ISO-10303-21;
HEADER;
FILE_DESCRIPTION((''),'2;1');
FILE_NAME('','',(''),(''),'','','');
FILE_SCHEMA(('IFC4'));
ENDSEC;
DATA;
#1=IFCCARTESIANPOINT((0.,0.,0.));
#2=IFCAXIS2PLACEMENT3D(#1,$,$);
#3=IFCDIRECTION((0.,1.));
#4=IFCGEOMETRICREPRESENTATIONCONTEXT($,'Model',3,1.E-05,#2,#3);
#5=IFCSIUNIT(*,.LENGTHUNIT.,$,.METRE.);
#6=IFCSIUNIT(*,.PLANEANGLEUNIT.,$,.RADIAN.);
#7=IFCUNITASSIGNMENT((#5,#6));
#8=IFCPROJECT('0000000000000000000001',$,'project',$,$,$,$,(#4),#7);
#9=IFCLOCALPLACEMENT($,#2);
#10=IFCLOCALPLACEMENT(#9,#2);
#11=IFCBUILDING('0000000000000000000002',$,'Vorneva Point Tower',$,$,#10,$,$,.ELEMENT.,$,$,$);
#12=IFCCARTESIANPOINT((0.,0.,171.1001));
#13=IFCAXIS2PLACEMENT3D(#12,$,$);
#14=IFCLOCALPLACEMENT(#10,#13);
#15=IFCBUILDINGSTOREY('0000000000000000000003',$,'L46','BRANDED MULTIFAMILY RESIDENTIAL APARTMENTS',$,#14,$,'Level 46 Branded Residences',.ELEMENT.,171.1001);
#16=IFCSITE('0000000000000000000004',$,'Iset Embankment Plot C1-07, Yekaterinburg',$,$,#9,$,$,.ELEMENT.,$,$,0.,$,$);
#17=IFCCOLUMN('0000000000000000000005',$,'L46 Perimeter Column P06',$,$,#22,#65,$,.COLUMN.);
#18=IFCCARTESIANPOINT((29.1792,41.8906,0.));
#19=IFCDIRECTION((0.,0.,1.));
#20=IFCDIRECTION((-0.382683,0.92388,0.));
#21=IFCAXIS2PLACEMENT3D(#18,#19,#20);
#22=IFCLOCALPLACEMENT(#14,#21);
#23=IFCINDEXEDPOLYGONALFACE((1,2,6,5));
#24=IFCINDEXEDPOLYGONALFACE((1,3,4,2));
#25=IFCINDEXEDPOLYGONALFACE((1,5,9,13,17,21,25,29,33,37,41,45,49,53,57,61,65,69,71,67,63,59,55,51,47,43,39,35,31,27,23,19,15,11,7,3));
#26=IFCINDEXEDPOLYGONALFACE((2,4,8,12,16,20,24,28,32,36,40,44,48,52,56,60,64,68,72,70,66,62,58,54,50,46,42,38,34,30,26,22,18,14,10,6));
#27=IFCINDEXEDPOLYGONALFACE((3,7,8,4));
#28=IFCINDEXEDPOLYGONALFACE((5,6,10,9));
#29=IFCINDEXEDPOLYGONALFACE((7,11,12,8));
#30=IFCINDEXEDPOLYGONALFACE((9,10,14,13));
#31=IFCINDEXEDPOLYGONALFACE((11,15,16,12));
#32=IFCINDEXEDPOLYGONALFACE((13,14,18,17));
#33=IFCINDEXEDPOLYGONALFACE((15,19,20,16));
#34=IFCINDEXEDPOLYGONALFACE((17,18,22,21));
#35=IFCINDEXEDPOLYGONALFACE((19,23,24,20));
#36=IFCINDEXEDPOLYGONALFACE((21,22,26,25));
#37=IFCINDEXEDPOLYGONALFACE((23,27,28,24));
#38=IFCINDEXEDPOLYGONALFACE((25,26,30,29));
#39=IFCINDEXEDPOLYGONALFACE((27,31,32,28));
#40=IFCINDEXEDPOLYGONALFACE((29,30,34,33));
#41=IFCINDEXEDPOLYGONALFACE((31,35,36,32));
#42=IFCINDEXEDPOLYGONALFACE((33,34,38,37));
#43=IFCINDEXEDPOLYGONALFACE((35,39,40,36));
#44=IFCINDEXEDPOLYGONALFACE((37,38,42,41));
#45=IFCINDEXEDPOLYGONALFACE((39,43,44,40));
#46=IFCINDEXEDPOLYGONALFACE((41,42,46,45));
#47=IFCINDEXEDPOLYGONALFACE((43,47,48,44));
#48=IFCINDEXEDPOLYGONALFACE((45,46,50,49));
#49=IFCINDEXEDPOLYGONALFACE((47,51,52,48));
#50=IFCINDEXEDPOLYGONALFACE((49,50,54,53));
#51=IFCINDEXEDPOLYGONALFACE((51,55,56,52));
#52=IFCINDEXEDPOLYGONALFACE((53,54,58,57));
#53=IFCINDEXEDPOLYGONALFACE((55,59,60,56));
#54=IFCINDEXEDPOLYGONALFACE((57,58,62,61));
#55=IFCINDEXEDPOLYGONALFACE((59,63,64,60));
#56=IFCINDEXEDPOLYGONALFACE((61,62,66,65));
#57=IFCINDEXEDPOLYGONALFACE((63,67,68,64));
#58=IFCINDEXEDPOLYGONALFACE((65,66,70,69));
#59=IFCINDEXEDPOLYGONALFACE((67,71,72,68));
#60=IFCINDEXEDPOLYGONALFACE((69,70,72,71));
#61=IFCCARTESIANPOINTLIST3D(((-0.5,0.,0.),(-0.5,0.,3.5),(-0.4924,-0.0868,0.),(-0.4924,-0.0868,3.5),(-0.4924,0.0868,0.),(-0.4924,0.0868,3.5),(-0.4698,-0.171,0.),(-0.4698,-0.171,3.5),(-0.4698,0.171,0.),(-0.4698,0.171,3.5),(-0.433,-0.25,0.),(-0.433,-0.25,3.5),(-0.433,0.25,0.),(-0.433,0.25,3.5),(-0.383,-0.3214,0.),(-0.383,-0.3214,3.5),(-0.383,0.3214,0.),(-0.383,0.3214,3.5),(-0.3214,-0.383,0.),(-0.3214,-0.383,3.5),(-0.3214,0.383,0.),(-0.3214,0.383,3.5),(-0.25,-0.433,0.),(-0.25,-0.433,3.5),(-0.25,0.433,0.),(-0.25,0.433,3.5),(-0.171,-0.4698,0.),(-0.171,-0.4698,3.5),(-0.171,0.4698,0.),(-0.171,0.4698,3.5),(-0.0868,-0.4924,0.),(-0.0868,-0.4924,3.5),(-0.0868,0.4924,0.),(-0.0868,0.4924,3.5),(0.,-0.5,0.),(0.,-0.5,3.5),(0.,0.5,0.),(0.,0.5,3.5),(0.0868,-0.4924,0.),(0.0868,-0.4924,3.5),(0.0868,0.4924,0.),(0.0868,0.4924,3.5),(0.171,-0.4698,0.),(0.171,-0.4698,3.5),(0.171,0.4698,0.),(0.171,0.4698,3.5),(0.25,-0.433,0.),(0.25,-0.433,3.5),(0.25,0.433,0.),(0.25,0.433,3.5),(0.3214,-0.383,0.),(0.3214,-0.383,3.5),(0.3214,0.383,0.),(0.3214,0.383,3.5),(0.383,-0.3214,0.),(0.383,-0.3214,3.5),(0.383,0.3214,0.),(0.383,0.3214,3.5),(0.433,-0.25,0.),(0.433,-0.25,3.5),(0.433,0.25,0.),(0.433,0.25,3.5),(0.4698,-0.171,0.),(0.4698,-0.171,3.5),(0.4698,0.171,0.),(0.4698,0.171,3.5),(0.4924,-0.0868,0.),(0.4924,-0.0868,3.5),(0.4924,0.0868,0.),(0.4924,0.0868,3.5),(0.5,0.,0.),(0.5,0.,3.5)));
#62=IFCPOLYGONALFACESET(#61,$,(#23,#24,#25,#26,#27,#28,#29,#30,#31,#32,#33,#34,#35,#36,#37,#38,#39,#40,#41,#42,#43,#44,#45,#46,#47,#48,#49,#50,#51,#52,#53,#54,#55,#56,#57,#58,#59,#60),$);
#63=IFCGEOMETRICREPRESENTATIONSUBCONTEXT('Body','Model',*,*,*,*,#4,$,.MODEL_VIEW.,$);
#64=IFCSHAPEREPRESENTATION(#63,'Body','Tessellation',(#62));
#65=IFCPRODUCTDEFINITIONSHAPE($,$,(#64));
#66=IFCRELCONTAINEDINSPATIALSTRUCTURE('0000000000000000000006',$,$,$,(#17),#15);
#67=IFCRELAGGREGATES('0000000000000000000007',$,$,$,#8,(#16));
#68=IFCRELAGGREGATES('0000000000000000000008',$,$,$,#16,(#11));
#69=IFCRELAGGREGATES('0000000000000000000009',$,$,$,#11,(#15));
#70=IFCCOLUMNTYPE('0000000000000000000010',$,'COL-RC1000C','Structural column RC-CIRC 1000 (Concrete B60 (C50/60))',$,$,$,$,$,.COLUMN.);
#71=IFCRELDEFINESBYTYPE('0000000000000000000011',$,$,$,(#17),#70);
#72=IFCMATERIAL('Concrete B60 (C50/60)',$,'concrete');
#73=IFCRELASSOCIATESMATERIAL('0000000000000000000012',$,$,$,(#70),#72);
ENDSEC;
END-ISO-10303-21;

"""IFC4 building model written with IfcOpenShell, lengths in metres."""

from ifc_helpers import new_model, si_unit, direction, frame, origin, origin_2d, place, context, subcontext, project, spatial, circle, extrude, material, material_profile, profile_set, type_object, element, save


model = new_model("IFC4")

# Units and contexts
model_context = context("Model", 3, precision=1e-05, world=origin(), true_north=direction((0.0, 1.0)))
body_context = subcontext(model_context, "Body", "Model", "MODEL_VIEW")
ifc_project = project(units=[si_unit("LENGTHUNIT", "METRE"), si_unit("PLANEANGLEUNIT", "RADIAN")], contexts=[model_context])

# Site, building, storey
site_placement = place(None, origin())
site = spatial("IfcSite", under=ifc_project, at=site_placement, Name="Iset Embankment Plot C1-07, Yekaterinburg", CompositionType="ELEMENT", RefElevation=0.0)
building_placement = place(site_placement, origin())
building = spatial("IfcBuilding", under=site, at=building_placement, Name="Vorneva Point Tower", CompositionType="ELEMENT")
storey_placement = place(building_placement, frame((0.0, 0.0, 171.1001)))
storey = spatial("IfcBuildingStorey", under=building, at=storey_placement, Name="L46", Description="BRANDED MULTIFAMILY RESIDENTIAL APARTMENTS", LongName="Level 46 Branded Residences", CompositionType="ELEMENT", Elevation=171.1001)

# Column
ifc_material_1 = material(Name="Concrete B60 (C50/60)", Category="concrete")
ifc_material_profile_1 = material_profile(ifc_material_1, circle(Radius=0.5, at=origin_2d()), Name="RC-CIRC 1000")
ifc_profile_set_1 = profile_set([ifc_material_profile_1], Name="Concrete B60 (C50/60)")
column_type = type_object("IfcColumnType", Name="COL-RC1000C", Description="Structural column RC-CIRC 1000 (Concrete B60 (C50/60))", PredefinedType="COLUMN", material=ifc_profile_set_1)
column_placement = place(storey_placement, frame((29.1792, 41.8906, 0.0), z_axis=(0.0, 0.0, 1.0), x_axis=(-0.382683, 0.92388, 0.0)))
element("IfcColumn", 1, at=column_placement, inside=storey, type_object=column_type, Name="L46 Perimeter Column P06", PredefinedType="COLUMN", context=body_context, shape_type="SweptSolid", body=[
    extrude(circle(Radius=0.5, at=origin_2d()), origin(), (0.0, 0.0, 1.0), 3.5),
])

save(model, "model.ifc")
